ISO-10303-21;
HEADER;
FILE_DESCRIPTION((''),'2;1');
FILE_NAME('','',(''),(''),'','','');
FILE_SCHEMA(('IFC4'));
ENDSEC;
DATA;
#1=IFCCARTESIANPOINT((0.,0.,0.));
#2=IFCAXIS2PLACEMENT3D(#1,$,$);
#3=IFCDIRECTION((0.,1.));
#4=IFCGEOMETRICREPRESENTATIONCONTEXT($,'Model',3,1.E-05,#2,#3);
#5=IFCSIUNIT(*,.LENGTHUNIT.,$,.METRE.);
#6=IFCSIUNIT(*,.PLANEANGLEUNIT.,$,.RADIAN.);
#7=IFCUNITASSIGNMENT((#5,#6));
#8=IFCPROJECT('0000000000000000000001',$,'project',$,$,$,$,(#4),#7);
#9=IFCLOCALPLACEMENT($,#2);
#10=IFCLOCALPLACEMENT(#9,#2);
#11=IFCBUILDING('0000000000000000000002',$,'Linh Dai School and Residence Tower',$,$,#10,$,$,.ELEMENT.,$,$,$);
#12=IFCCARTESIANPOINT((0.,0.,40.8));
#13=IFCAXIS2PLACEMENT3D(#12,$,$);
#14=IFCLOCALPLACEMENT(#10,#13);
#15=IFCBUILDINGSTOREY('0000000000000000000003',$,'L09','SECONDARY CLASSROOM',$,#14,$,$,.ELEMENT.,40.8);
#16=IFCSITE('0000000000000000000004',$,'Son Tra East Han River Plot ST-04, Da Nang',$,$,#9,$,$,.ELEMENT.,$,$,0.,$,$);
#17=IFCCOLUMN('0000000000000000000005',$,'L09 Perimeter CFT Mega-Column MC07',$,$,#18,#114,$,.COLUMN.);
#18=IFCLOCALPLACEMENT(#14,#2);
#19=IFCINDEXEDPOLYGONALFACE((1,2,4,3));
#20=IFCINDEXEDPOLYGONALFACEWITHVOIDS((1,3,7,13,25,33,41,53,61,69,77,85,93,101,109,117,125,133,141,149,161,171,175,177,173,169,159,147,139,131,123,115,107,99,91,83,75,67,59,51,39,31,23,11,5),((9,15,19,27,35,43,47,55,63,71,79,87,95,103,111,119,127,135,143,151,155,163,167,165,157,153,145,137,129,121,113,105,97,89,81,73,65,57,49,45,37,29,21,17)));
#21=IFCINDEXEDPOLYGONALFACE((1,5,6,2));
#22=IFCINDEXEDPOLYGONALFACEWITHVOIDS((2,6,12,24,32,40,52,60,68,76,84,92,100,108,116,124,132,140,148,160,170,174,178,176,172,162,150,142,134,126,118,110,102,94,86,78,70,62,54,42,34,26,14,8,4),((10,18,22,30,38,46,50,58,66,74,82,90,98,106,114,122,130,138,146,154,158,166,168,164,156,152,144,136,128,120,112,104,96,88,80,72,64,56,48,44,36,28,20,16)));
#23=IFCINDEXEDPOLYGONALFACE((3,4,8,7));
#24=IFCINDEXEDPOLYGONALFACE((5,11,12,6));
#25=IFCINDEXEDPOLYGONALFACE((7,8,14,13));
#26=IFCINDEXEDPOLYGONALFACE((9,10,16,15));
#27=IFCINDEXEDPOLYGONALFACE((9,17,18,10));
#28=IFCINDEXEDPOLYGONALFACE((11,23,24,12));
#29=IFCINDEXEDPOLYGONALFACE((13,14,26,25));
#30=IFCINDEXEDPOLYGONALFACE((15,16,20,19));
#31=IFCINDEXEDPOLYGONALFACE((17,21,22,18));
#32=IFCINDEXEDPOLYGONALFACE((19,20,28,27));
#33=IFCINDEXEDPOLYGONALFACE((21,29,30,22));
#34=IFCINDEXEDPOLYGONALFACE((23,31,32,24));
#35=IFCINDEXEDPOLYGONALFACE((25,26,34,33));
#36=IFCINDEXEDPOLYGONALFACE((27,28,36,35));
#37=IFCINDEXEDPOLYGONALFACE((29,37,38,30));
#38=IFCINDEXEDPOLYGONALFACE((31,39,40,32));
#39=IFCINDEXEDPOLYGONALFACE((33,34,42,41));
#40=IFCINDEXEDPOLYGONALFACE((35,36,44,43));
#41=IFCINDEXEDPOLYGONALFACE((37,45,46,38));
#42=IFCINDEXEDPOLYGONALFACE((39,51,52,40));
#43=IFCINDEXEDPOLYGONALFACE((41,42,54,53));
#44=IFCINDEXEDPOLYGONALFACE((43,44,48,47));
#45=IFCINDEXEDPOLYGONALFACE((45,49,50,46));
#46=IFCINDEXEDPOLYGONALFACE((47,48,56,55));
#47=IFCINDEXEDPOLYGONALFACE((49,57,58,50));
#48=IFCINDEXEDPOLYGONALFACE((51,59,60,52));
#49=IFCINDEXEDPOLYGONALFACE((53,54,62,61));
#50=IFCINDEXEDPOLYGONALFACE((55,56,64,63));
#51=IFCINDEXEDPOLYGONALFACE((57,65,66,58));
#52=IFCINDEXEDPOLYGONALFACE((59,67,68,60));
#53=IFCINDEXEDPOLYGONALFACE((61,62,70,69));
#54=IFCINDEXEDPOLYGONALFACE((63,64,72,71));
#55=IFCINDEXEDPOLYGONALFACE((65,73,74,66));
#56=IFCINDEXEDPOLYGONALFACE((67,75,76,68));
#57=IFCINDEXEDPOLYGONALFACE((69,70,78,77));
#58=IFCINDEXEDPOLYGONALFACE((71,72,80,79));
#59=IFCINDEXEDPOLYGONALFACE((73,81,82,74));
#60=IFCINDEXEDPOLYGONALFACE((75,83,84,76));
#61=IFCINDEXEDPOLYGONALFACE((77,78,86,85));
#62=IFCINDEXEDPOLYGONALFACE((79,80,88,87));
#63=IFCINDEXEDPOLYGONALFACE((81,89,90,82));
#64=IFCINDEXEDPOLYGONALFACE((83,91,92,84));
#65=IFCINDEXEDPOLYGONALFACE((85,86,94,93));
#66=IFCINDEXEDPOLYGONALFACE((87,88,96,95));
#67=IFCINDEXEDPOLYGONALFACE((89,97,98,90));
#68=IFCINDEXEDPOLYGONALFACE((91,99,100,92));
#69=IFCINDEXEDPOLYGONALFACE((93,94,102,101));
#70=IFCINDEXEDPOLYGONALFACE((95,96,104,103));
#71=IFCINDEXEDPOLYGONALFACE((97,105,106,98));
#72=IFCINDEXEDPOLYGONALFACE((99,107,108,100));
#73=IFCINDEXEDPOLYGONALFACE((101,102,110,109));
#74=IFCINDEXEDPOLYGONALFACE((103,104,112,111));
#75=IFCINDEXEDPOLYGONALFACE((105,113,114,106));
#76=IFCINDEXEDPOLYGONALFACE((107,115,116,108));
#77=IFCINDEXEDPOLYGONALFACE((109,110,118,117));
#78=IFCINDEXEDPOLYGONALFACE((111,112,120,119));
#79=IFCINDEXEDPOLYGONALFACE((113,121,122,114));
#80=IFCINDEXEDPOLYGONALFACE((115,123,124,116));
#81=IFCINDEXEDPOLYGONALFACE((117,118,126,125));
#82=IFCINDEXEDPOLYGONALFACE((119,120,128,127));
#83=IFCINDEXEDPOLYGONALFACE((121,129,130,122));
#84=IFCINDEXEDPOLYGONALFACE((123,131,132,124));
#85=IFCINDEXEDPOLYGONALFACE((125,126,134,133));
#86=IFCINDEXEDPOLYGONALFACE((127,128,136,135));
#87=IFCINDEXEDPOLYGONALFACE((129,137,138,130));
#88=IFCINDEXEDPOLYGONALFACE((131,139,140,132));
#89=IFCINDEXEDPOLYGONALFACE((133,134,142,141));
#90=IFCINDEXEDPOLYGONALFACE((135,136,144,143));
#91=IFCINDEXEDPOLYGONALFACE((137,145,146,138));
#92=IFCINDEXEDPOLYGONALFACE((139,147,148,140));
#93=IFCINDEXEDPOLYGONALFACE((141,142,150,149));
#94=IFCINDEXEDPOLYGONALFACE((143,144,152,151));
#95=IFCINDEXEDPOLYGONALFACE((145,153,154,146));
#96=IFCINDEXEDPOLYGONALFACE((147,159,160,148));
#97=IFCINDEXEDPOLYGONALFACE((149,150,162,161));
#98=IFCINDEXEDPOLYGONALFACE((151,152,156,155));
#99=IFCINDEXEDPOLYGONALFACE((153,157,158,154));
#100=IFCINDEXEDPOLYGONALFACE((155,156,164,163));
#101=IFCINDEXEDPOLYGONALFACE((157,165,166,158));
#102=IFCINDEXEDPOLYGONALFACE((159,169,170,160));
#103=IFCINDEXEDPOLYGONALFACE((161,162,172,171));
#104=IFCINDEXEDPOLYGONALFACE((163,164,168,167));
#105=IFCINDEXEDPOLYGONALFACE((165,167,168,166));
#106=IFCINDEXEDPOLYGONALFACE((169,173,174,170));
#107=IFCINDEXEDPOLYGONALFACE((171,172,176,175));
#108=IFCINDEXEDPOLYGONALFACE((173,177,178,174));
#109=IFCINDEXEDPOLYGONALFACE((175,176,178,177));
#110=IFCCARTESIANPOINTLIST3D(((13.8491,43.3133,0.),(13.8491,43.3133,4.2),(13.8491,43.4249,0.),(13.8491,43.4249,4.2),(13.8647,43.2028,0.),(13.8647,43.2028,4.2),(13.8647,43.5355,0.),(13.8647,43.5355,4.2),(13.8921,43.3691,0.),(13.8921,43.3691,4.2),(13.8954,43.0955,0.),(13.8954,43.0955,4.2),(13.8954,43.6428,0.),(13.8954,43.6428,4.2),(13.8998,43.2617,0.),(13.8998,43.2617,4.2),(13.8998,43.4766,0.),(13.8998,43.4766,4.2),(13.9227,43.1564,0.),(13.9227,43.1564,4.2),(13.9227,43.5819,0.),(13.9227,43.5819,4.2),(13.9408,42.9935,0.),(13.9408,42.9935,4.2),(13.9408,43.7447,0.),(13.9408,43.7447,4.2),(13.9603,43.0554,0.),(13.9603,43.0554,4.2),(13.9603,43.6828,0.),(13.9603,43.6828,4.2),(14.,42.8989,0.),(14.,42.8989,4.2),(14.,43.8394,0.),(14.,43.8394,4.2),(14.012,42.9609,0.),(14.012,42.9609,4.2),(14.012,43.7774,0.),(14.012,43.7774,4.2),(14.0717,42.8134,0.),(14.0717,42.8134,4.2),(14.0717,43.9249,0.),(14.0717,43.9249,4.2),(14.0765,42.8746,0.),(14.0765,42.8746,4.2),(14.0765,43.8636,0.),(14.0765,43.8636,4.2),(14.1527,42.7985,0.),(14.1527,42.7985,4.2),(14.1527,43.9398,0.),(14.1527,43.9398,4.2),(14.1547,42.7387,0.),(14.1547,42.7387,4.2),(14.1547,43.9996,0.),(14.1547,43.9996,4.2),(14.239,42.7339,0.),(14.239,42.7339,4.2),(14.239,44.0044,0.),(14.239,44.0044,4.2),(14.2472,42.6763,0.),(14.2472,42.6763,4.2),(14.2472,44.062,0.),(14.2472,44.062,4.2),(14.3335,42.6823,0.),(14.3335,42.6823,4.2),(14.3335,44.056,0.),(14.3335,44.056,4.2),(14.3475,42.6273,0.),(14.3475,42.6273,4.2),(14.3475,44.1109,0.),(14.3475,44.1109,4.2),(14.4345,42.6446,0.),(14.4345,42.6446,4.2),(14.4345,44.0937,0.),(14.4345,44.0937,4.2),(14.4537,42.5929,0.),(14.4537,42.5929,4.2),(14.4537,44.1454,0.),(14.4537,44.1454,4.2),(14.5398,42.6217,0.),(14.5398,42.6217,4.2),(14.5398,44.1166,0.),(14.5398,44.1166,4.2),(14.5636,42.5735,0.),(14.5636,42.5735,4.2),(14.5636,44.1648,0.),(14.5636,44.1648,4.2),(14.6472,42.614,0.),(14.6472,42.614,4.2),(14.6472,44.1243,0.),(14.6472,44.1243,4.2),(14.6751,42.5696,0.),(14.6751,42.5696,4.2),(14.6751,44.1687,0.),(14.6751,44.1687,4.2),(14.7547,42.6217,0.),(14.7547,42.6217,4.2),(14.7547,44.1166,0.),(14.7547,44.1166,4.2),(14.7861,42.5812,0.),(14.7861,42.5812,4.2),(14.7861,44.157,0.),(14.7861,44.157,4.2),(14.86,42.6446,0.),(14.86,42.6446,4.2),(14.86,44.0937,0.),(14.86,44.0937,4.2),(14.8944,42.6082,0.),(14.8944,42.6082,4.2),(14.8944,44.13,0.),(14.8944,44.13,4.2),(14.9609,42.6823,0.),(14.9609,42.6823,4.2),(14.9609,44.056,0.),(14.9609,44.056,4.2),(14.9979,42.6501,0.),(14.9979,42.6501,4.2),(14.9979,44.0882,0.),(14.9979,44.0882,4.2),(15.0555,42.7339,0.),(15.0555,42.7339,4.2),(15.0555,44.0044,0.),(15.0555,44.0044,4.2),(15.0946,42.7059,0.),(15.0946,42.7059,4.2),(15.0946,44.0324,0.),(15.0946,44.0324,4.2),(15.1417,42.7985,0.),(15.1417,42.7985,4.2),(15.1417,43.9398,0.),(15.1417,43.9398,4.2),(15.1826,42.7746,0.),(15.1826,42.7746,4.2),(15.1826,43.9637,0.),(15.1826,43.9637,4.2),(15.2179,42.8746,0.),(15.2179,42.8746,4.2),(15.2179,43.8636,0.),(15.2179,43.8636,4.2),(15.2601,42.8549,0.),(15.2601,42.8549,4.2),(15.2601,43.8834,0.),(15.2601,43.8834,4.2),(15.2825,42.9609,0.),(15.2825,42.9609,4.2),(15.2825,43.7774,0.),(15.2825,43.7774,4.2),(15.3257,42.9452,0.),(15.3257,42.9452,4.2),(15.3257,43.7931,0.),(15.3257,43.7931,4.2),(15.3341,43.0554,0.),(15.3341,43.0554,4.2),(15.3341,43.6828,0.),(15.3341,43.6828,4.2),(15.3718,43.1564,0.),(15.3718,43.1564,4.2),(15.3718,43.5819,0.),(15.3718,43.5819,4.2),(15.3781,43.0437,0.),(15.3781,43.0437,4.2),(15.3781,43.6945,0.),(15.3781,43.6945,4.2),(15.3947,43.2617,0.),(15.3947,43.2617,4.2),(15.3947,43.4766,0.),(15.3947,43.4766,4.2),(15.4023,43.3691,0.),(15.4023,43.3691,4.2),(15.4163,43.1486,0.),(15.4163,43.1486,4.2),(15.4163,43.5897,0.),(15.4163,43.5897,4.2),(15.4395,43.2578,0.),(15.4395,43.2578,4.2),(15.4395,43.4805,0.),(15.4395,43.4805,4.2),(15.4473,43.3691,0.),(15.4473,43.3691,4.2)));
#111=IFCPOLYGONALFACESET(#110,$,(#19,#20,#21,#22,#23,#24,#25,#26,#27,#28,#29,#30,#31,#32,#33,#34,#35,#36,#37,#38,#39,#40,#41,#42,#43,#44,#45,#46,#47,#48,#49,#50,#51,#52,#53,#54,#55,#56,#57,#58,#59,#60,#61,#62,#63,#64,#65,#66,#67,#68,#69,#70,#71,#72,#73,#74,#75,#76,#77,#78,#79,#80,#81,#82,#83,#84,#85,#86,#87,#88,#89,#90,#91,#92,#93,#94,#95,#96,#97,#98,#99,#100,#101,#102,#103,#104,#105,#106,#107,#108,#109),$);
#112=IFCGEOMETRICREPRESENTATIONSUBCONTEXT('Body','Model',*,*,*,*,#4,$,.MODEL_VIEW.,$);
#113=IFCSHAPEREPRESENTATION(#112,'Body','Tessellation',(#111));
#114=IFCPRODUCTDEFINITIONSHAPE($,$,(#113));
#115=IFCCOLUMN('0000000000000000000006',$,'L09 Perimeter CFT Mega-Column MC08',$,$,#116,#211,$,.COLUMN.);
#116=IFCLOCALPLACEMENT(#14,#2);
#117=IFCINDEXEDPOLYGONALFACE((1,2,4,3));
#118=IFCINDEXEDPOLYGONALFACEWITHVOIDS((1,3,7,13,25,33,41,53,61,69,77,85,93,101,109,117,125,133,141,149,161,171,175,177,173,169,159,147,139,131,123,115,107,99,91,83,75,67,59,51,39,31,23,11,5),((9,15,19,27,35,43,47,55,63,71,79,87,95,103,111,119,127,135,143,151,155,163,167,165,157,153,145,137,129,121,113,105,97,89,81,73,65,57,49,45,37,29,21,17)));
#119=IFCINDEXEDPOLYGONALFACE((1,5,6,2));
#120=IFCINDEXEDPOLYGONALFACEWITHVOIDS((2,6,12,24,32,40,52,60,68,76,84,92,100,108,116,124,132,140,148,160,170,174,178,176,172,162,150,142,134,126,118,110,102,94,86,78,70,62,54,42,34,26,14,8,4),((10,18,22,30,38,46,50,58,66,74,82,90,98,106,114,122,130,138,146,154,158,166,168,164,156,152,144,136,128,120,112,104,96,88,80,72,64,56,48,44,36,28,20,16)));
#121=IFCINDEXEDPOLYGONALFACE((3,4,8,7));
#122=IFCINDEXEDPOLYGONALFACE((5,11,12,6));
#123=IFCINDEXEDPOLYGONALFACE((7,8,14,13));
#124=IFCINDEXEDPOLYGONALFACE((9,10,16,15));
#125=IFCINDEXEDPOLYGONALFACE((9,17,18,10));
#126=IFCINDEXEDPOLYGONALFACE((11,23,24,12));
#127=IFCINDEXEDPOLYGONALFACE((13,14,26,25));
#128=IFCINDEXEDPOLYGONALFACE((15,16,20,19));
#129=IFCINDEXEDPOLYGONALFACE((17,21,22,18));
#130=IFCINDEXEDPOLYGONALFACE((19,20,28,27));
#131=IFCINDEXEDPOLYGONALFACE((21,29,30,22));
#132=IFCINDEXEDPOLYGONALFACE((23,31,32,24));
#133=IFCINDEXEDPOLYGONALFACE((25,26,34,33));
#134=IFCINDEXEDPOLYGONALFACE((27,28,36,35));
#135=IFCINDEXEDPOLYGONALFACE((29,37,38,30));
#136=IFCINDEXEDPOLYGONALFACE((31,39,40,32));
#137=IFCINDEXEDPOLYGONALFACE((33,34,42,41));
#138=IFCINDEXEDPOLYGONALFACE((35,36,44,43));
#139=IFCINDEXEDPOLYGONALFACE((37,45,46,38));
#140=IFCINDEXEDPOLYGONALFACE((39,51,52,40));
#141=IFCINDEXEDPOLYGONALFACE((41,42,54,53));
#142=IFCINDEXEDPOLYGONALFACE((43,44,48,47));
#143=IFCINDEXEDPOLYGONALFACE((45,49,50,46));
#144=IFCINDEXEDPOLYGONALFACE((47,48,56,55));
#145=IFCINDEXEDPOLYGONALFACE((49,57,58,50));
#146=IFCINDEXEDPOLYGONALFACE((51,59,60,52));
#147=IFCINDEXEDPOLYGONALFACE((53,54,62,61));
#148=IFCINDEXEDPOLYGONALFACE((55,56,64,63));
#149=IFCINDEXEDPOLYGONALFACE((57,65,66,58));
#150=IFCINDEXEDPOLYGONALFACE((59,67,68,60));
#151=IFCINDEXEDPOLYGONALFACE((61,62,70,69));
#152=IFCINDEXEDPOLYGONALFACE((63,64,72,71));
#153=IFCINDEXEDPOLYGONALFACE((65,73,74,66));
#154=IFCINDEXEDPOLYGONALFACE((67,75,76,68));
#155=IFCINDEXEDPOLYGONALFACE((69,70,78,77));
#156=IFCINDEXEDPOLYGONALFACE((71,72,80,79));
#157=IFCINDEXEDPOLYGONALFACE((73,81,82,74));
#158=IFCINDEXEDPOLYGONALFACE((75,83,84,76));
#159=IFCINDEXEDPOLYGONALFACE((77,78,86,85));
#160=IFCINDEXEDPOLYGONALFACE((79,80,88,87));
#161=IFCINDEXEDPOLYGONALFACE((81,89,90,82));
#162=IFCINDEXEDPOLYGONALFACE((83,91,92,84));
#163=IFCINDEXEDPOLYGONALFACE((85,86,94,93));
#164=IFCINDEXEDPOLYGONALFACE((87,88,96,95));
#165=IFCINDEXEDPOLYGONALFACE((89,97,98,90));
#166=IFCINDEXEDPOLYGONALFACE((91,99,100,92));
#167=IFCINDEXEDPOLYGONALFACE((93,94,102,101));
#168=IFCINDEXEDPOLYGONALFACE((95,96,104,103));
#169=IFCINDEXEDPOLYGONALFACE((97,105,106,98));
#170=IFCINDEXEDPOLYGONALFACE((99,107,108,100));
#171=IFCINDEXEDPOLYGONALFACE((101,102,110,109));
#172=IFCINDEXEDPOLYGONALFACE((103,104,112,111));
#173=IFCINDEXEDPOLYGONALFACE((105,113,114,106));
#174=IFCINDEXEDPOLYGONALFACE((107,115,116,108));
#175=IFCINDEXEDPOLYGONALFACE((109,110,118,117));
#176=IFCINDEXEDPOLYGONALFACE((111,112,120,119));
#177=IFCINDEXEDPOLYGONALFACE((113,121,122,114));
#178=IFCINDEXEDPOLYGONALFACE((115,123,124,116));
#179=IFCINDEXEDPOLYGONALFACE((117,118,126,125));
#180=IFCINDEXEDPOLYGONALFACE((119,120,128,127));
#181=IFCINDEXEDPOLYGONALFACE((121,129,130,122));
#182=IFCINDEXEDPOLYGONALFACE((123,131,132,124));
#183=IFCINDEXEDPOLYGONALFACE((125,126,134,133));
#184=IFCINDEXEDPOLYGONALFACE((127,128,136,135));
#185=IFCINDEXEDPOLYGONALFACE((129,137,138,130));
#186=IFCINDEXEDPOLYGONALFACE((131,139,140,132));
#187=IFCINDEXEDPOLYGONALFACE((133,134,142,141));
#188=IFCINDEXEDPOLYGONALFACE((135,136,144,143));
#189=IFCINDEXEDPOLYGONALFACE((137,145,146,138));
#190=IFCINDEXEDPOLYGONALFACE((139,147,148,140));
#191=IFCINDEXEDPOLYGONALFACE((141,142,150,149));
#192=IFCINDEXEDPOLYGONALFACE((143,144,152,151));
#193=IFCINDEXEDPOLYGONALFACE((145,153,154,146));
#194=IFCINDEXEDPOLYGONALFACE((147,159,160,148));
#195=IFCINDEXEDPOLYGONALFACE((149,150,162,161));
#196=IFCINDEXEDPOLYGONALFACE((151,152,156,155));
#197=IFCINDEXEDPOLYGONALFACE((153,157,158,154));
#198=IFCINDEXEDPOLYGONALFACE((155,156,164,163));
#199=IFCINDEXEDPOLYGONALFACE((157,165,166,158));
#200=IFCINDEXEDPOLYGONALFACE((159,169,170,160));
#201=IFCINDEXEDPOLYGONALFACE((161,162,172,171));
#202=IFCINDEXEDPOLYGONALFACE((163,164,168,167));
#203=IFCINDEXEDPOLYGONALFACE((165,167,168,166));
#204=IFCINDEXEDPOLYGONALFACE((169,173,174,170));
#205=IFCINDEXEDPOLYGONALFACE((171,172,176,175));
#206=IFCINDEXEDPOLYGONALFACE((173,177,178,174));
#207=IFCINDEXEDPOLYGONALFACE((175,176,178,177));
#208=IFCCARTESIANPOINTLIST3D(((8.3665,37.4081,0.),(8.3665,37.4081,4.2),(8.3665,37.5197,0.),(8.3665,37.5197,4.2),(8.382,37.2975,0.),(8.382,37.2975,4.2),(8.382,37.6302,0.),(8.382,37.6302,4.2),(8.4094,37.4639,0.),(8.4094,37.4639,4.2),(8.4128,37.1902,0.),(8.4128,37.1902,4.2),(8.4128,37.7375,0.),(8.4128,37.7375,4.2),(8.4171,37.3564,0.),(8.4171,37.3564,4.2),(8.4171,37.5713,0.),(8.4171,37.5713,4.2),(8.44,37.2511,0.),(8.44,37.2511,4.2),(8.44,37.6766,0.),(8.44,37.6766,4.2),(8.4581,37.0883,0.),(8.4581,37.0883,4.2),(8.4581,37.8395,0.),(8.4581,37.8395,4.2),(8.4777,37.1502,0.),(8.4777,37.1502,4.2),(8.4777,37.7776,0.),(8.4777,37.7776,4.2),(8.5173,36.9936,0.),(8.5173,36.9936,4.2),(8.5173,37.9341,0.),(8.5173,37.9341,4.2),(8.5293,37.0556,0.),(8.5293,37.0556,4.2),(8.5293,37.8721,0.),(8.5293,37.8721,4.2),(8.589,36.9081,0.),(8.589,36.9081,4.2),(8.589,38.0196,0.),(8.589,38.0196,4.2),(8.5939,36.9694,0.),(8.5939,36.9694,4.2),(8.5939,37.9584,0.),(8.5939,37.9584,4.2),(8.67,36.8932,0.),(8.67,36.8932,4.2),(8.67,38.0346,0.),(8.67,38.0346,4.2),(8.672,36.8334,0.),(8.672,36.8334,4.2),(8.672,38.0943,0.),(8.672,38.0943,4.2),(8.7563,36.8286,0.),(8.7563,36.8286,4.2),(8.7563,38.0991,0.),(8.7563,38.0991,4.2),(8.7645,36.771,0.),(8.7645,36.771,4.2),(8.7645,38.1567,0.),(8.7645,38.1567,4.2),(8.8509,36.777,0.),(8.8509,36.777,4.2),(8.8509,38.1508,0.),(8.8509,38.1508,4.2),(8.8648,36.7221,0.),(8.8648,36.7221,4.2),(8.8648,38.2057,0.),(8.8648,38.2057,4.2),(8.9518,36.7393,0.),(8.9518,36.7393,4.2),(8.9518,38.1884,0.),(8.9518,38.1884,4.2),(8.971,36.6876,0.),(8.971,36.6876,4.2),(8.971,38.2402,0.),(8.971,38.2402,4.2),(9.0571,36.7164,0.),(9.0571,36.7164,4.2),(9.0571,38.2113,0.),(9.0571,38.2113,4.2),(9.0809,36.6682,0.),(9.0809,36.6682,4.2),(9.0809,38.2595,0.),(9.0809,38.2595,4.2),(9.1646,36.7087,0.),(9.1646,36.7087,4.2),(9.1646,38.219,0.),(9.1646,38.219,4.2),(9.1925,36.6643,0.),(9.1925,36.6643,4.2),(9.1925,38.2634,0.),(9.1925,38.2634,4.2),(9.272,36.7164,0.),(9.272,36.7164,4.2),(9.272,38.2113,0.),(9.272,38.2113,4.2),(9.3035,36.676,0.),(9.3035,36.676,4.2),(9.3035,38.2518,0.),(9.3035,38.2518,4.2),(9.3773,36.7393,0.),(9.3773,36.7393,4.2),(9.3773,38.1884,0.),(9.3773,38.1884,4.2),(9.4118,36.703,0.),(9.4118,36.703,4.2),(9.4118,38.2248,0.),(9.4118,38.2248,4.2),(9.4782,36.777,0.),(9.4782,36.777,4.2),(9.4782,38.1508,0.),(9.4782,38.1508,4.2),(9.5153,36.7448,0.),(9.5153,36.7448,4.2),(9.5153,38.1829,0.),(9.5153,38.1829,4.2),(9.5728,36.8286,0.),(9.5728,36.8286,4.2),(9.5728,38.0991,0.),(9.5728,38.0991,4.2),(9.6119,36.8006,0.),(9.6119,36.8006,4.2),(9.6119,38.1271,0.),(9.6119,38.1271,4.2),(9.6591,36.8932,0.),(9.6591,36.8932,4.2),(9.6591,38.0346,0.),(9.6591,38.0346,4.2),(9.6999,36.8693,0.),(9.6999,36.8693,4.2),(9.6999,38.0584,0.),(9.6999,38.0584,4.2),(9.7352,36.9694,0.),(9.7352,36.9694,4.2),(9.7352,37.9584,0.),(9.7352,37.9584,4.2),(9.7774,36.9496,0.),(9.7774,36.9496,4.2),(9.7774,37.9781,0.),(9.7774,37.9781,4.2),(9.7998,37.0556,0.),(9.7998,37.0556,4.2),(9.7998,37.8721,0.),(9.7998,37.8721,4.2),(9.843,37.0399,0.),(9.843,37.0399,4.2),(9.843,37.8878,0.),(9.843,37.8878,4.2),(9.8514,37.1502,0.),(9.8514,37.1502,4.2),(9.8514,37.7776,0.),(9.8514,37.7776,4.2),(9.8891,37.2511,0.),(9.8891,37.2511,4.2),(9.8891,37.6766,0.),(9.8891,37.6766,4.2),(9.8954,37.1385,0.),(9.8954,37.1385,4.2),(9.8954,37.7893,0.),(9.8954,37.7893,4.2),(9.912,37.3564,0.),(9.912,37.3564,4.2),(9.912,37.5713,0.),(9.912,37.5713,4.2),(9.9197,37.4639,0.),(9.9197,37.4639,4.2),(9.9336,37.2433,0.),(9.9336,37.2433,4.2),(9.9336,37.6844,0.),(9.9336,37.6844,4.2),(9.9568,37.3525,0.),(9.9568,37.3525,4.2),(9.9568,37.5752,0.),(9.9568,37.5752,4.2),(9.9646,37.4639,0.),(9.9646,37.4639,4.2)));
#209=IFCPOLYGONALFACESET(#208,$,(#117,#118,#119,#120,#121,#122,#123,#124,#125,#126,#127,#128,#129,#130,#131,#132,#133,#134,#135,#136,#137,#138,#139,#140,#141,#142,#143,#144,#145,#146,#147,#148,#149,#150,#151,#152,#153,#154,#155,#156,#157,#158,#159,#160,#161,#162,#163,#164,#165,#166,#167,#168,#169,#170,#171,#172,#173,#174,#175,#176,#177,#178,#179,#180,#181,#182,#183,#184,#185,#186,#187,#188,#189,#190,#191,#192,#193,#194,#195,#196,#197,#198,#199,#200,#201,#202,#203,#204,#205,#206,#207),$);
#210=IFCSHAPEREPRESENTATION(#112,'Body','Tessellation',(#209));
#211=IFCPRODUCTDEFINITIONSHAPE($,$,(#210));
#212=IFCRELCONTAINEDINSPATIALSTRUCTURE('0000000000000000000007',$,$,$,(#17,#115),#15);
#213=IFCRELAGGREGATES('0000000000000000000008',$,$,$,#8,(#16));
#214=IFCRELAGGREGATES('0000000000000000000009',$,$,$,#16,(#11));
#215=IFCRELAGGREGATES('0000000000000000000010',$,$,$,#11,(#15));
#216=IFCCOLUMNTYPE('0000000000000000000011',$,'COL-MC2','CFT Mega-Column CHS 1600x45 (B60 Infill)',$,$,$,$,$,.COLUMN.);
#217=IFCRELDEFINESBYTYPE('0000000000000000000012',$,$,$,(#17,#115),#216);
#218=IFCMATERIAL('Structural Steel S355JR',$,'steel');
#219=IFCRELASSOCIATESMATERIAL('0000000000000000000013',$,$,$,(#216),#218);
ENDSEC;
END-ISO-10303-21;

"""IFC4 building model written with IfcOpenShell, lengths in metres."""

from ifc_helpers import new_model, si_unit, direction, frame, origin, origin_2d, place, context, subcontext, project, spatial, hollow_circle, extrude, material, material_profile, profile_set, type_object, element, save


model = new_model("IFC4")

# Units and contexts
model_context = context("Model", 3, precision=1e-05, world=origin(), true_north=direction((0.0, 1.0)))
body_context = subcontext(model_context, "Body", "Model", "MODEL_VIEW")
ifc_project = project(units=[si_unit("LENGTHUNIT", "METRE"), si_unit("PLANEANGLEUNIT", "RADIAN")], contexts=[model_context])

# Site, building, storey
site_placement = place(None, origin())
site = spatial("IfcSite", under=ifc_project, at=site_placement, Name="Son Tra East Han River Plot ST-04, Da Nang", CompositionType="ELEMENT", RefElevation=0.0)
building_placement = place(site_placement, origin())
building = spatial("IfcBuilding", under=site, at=building_placement, Name="Linh Dai School and Residence Tower", CompositionType="ELEMENT")
storey_placement = place(building_placement, frame((0.0, 0.0, 40.8)))
storey = spatial("IfcBuildingStorey", under=building, at=storey_placement, Name="L09", Description="SECONDARY CLASSROOM", CompositionType="ELEMENT", Elevation=40.8)

# Columns
ifc_material_1 = material(Name="Structural Steel S355JR", Category="steel")
ifc_material_profile_1 = material_profile(ifc_material_1, hollow_circle(Radius=0.8, WallThickness=0.0449, at=origin_2d()), Name="CHS 1600x45")
ifc_profile_set_1 = profile_set([ifc_material_profile_1], Name="Structural Steel S355JR")
column_type = type_object("IfcColumnType", Name="COL-MC2", Description="CFT Mega-Column CHS 1600x45 (B60 Infill)", PredefinedType="COLUMN", material=ifc_profile_set_1)
for number, where, z_axis, x_axis, name in (
    (1, (14.6472, 43.3691, 0.0), (0.0, 0.0, 1.0), (1.0, 0.0, 0.0), "L09 Perimeter CFT Mega-Column MC07"),
    (2, (9.1646, 37.4639, 0.0), (0.0, 0.0, 1.0), (1.0, 0.0, 0.0), "L09 Perimeter CFT Mega-Column MC08"),
):
    element("IfcColumn", number, at=place(storey_placement, frame(where, z_axis=z_axis, x_axis=x_axis)), inside=storey, type_object=column_type, Name=name, PredefinedType="COLUMN", context=body_context, shape_type="SweptSolid", body=[
        extrude(hollow_circle(Radius=0.8, WallThickness=0.0449, at=origin_2d()), origin(), (0.0, 0.0, 1.0), 4.2),
    ])

save(model, "model.ifc")
